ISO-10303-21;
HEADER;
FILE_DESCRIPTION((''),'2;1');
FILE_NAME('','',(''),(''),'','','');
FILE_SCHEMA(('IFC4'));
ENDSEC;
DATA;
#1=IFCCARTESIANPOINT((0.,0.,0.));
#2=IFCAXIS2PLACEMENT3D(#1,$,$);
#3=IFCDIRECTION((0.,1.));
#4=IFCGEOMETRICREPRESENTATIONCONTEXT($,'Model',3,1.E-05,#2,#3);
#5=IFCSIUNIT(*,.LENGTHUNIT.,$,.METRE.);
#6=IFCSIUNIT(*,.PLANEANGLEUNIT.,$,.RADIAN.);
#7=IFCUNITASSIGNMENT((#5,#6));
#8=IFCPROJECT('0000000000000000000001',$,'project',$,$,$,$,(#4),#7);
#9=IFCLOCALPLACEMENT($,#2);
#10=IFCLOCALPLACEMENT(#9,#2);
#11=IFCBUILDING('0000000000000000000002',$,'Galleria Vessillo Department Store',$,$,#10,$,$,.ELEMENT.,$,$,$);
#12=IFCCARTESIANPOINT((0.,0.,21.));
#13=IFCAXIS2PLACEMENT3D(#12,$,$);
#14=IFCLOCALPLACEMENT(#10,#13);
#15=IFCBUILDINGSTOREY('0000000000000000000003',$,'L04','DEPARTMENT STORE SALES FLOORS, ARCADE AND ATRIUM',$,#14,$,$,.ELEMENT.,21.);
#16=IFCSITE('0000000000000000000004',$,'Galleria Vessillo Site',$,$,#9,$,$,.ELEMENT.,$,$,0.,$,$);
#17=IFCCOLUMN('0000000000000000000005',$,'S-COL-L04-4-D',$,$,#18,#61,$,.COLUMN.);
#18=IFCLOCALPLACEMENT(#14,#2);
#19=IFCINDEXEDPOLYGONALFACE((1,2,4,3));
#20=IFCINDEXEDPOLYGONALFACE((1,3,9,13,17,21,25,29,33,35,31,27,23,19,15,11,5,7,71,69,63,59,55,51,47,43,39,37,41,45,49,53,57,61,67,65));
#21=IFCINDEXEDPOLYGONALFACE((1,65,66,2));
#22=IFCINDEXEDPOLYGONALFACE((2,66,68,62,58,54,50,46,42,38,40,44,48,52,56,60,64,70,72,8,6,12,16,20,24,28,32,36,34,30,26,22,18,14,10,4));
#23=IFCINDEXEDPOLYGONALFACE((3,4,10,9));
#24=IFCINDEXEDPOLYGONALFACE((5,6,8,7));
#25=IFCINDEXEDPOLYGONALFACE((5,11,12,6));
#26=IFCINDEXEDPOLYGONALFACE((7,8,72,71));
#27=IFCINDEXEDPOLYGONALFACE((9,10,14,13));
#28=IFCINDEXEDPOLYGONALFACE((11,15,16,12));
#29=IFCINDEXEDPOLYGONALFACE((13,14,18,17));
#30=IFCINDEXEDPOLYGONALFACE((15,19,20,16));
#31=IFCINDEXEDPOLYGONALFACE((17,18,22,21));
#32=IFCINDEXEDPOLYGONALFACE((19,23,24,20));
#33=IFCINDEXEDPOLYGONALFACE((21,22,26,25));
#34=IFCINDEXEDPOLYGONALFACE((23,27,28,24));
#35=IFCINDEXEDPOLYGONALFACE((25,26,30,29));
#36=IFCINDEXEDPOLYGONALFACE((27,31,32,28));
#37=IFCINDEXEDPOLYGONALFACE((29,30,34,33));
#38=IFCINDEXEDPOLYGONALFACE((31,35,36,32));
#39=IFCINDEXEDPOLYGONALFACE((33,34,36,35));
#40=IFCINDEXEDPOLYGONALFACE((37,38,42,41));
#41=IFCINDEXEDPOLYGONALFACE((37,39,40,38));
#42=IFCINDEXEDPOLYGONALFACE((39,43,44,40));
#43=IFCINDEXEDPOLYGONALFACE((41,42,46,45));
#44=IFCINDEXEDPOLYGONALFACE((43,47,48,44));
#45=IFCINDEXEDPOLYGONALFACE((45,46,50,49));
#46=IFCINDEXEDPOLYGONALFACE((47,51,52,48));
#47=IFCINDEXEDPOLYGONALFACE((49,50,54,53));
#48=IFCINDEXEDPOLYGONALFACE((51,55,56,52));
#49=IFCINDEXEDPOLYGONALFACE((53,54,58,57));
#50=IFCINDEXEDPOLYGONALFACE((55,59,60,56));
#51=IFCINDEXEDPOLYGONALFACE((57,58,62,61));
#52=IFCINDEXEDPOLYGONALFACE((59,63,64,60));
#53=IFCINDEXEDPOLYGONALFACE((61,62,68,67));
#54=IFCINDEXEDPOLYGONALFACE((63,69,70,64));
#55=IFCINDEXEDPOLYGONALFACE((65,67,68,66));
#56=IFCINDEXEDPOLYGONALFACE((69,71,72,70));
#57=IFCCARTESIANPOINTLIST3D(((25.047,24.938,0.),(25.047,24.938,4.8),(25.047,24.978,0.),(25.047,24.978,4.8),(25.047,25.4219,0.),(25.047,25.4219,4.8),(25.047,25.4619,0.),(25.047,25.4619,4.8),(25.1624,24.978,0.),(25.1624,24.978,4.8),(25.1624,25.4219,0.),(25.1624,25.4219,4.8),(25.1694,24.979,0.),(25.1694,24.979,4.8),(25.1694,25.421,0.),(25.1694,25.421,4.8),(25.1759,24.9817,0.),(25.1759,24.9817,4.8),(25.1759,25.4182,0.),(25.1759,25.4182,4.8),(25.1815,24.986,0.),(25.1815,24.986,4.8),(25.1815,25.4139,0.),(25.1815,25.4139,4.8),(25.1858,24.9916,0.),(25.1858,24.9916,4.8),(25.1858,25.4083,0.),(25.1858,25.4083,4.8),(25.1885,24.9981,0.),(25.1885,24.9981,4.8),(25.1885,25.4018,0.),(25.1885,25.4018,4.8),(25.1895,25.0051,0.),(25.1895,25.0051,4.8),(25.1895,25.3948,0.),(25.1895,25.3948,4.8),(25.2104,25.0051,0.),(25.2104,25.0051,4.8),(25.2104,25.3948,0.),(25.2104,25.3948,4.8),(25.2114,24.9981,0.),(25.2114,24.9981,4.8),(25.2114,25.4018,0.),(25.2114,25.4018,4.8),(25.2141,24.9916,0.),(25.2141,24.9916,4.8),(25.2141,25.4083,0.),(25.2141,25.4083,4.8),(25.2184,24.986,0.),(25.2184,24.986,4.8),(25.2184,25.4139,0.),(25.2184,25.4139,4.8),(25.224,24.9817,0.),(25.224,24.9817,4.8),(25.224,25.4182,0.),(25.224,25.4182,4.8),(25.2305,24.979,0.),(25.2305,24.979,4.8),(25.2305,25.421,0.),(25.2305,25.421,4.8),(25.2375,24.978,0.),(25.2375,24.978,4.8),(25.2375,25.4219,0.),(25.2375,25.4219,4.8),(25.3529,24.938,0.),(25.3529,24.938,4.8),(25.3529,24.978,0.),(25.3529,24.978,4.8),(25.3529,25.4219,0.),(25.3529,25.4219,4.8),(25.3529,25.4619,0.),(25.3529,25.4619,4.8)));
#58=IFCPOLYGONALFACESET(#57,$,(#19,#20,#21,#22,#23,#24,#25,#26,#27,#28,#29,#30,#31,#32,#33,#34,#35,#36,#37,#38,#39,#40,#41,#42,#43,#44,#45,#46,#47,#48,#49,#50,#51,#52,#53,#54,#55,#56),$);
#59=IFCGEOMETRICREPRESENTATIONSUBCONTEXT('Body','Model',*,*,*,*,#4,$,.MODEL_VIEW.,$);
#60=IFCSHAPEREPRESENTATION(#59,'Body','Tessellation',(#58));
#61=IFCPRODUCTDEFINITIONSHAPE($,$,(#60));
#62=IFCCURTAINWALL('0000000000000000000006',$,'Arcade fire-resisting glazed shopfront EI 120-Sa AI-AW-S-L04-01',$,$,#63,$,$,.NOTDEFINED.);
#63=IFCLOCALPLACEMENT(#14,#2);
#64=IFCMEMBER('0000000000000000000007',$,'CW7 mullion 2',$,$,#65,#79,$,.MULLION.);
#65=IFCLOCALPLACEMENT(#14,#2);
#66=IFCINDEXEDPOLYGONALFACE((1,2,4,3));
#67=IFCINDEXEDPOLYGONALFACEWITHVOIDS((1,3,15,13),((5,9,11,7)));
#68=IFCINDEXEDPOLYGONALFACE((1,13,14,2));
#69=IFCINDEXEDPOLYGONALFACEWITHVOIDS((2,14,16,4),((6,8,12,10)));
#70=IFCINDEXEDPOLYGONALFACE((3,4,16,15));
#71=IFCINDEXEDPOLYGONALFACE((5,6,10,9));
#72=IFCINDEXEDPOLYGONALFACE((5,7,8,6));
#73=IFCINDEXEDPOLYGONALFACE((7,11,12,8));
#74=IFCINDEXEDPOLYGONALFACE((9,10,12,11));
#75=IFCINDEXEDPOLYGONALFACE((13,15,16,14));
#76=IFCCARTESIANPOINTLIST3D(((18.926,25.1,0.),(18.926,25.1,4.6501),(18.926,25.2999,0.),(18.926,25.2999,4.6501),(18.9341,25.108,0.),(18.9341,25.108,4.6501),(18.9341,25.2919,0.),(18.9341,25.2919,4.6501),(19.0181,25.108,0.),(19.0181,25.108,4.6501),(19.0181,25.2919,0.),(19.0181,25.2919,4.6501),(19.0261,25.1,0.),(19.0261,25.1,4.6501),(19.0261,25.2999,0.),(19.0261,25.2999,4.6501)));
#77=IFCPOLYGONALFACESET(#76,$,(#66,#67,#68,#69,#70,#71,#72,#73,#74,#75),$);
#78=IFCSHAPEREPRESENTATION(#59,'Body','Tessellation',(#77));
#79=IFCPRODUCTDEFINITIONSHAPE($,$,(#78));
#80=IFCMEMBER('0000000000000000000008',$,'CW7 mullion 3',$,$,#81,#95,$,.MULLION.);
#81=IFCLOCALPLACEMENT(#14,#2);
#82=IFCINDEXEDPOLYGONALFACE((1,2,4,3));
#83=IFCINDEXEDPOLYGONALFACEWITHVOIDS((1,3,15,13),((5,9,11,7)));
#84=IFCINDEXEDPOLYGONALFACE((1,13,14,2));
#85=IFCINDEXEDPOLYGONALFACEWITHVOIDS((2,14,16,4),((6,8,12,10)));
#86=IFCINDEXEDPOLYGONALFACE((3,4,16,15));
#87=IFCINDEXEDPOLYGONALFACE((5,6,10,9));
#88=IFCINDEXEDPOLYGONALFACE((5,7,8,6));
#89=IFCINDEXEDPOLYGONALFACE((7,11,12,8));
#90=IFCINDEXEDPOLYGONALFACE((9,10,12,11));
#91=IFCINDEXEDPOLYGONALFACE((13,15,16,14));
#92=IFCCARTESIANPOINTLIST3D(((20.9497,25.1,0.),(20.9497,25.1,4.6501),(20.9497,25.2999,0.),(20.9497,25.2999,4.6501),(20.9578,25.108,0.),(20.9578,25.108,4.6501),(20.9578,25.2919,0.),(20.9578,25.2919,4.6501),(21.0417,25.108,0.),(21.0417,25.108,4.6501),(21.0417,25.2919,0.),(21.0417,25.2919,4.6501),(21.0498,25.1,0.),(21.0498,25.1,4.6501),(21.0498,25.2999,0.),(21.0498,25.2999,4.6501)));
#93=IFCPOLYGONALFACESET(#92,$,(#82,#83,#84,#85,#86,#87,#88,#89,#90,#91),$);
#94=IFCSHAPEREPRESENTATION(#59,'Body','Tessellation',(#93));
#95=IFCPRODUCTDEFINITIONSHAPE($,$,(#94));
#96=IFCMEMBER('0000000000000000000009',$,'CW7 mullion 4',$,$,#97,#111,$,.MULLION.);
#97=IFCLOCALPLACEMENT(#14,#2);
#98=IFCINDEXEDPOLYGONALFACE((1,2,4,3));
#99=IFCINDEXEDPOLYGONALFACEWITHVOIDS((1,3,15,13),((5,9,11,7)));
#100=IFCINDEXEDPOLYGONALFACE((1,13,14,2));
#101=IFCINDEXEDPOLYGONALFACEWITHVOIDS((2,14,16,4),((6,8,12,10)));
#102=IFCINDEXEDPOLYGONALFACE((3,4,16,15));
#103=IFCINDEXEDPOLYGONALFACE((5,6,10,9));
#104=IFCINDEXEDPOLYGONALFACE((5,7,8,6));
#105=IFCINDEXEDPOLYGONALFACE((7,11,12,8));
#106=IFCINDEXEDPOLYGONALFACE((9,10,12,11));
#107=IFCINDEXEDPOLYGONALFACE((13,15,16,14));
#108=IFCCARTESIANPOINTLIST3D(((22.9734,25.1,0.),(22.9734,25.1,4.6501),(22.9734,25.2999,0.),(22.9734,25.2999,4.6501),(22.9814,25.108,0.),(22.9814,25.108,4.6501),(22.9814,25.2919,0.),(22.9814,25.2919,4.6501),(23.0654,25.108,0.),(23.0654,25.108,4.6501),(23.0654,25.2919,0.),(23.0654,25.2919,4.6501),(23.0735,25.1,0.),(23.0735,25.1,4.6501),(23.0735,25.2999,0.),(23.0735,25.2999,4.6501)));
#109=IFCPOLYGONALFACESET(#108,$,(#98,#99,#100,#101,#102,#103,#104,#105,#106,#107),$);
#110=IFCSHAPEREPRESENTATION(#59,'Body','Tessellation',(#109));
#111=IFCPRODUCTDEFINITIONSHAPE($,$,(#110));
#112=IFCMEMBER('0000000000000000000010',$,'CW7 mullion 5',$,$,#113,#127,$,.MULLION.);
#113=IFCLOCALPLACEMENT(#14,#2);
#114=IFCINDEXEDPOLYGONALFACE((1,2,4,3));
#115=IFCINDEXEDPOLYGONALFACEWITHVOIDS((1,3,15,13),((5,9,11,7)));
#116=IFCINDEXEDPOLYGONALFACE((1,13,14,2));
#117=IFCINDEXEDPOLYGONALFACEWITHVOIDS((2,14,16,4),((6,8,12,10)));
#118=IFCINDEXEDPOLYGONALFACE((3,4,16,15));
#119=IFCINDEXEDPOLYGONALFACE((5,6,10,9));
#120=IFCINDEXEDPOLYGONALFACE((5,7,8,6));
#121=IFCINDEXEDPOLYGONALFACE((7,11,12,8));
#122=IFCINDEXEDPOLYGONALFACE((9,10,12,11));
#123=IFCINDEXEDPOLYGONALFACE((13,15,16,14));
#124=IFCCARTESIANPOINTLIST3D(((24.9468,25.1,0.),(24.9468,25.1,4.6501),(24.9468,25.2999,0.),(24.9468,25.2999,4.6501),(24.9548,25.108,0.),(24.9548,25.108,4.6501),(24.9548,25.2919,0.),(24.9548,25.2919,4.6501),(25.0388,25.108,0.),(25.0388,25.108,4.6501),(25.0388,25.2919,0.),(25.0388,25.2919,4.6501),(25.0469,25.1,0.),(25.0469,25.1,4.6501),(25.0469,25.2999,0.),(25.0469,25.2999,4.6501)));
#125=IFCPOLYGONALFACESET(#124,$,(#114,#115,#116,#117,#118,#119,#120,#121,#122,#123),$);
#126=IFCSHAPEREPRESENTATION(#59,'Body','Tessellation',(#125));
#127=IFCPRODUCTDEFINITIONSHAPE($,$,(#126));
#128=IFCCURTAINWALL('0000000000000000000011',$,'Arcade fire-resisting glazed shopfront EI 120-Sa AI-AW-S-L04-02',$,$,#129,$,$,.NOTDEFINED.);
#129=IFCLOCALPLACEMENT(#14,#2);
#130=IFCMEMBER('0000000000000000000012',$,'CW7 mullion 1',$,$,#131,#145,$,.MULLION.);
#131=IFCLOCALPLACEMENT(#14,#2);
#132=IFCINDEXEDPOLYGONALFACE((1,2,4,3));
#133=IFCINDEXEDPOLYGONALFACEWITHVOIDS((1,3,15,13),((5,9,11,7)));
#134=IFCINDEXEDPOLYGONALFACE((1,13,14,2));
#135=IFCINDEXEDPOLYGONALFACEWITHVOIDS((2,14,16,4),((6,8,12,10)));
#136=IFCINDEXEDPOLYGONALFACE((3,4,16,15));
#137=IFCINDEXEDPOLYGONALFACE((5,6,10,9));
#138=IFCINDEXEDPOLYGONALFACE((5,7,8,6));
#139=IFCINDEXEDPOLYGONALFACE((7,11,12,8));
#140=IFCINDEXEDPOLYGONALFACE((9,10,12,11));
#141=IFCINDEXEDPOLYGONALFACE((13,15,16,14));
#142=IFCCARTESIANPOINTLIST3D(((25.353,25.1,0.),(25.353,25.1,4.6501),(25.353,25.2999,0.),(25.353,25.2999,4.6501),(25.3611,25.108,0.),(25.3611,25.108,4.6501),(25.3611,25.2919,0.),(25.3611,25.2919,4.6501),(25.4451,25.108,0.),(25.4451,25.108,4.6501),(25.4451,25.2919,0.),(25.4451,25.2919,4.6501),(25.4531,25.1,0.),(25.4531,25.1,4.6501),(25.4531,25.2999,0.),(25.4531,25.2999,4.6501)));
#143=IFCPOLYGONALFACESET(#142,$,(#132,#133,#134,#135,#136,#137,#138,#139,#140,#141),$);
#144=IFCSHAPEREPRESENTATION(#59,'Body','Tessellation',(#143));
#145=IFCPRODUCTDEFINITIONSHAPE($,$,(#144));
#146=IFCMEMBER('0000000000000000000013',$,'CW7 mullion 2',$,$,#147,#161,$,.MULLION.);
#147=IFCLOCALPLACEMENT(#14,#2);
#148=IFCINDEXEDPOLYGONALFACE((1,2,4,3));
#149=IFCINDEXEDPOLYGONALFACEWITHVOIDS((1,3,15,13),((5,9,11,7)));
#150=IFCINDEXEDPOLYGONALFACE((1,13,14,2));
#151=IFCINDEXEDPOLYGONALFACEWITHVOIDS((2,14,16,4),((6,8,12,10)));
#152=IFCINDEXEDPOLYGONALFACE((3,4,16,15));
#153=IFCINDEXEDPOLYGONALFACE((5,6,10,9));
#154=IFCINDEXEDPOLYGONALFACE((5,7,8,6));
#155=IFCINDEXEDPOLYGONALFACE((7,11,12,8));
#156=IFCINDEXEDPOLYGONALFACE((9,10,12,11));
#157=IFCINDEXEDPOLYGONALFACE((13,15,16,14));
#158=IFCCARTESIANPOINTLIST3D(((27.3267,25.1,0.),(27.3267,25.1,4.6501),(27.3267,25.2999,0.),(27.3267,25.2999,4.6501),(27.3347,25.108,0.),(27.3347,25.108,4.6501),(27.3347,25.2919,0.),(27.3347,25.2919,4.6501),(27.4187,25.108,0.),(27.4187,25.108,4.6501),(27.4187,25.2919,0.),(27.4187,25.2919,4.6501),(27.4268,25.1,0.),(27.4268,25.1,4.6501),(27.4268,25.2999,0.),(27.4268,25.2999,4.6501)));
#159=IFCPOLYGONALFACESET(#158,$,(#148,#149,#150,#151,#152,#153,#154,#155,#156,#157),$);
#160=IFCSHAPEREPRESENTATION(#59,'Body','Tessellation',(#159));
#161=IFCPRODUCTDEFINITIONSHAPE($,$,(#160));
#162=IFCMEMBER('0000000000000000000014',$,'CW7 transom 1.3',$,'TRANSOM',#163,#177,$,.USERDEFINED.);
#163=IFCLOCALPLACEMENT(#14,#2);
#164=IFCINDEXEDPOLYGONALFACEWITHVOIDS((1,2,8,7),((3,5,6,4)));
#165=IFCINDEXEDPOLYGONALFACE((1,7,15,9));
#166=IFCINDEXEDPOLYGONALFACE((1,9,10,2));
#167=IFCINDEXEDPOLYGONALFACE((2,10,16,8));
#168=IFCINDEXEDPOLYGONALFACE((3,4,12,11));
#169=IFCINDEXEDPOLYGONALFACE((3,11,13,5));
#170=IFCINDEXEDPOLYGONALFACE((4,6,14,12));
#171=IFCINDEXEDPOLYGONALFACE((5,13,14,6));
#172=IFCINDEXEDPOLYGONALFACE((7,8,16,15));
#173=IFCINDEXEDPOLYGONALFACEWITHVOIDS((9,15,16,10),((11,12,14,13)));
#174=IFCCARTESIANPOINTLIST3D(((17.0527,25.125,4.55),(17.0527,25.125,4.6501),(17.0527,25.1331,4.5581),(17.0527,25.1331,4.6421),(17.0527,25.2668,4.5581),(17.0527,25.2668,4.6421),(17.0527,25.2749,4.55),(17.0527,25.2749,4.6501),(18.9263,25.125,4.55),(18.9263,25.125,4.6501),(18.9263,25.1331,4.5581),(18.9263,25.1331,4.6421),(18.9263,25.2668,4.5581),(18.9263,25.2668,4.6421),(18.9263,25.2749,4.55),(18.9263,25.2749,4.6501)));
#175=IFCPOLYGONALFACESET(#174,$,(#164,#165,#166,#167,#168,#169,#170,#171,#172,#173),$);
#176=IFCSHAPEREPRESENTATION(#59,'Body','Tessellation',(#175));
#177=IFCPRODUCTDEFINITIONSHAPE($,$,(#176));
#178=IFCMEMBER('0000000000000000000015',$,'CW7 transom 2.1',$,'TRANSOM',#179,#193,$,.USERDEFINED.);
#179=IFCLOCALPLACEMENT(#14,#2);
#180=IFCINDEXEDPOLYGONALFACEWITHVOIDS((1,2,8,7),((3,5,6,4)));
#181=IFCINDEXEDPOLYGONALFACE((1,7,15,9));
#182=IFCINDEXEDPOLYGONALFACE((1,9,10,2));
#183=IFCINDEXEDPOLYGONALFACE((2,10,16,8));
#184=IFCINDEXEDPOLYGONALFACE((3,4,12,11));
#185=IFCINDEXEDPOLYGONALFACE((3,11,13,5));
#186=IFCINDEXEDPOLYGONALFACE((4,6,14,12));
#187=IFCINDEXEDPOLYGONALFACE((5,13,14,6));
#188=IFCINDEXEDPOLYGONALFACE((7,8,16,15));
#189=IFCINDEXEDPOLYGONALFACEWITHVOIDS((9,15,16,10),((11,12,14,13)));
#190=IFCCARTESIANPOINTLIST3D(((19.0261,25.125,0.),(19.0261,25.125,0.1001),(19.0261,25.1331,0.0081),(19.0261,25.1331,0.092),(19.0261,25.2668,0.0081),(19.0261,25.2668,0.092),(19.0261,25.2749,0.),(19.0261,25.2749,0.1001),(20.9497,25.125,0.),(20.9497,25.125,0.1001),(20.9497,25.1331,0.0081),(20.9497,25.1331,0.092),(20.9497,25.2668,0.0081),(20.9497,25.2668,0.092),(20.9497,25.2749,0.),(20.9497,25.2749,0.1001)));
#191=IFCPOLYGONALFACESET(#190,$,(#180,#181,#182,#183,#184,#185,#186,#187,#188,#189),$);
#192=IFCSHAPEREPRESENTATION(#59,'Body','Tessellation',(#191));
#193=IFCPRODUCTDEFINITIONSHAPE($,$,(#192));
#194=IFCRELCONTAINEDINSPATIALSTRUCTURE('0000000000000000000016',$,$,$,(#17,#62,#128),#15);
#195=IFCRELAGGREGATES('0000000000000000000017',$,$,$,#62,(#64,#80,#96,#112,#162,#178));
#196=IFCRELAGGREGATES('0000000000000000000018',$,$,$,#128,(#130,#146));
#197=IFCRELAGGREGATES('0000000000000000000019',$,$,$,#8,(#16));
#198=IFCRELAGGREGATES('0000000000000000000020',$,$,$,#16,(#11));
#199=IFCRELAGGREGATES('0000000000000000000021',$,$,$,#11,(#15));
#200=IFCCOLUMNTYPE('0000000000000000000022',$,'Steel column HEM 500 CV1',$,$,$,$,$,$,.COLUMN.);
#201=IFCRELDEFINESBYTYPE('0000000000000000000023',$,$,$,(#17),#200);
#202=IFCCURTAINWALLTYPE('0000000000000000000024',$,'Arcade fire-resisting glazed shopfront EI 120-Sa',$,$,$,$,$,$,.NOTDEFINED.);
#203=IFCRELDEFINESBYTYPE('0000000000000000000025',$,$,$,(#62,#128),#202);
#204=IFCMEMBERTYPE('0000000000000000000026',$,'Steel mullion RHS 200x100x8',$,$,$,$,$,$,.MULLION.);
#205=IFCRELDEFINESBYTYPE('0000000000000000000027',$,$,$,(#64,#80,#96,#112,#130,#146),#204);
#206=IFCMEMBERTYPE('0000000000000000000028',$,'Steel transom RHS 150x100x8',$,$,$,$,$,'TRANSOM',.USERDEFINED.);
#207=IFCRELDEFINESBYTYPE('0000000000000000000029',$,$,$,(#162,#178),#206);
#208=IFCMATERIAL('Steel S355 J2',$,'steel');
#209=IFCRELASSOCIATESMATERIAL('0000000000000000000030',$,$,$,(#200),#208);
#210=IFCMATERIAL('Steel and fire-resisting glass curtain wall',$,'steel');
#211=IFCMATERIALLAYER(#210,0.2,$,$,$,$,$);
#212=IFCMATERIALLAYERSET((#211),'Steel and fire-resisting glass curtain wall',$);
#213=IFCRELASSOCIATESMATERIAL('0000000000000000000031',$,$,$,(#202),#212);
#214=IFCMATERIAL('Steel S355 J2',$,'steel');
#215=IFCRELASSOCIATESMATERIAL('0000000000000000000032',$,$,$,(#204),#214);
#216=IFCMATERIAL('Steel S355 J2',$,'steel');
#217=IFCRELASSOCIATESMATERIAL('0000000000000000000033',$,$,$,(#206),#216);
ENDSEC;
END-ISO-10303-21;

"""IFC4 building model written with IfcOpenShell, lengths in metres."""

from ifc_helpers import new_model, si_unit, direction, frame, origin, origin_2d, place, context, subcontext, project, spatial, hollow_rectangle, i_section, extrude, material, layer, layer_set, material_profile, profile_set, type_object, element, aggregate, save


model = new_model("IFC4")

# Units and contexts
model_context = context("Model", 3, precision=1e-05, world=origin(), true_north=direction((0.0, 1.0)))
body_context = subcontext(model_context, "Body", "Model", "MODEL_VIEW")
ifc_project = project(units=[si_unit("LENGTHUNIT", "METRE"), si_unit("PLANEANGLEUNIT", "RADIAN")], contexts=[model_context])

# Site, building, storey
site_placement = place(None, origin())
site = spatial("IfcSite", under=ifc_project, at=site_placement, Name="Galleria Vessillo Site", CompositionType="ELEMENT", RefElevation=0.0)
building_placement = place(site_placement, origin())
building = spatial("IfcBuilding", under=site, at=building_placement, Name="Galleria Vessillo Department Store", CompositionType="ELEMENT")
storey_placement = place(building_placement, frame((0.0, 0.0, 21.0)))
storey = spatial("IfcBuildingStorey", under=building, at=storey_placement, Name="L04", Description="DEPARTMENT STORE SALES FLOORS, ARCADE AND ATRIUM", CompositionType="ELEMENT", Elevation=21.0)

# Column
ifc_material_1 = material(Name="Steel S355 J2", Category="steel")
ifc_material_profile_1 = material_profile(ifc_material_1, i_section(OverallWidth=0.3059, OverallDepth=0.5239, WebThickness=0.021, FlangeThickness=0.04, FilletRadius=0.0271, at=origin_2d()), Name="HEM 500")
ifc_profile_set_1 = profile_set([ifc_material_profile_1], Name="Steel S355 J2")
column_type = type_object("IfcColumnType", Name="Steel column HEM 500 CV1", PredefinedType="COLUMN", material=ifc_profile_set_1)
column_placement = place(storey_placement, frame((25.2, 25.2, 0.0), z_axis=(0.0, 0.0, 1.0), x_axis=(1.0, 0.0, 0.0)))
element("IfcColumn", 1, at=column_placement, inside=storey, type_object=column_type, Name="S-COL-L04-4-D", PredefinedType="COLUMN", context=body_context, shape_type="SweptSolid", body=[
    extrude(i_section(OverallWidth=0.3059, OverallDepth=0.5239, WebThickness=0.021, FlangeThickness=0.04, FilletRadius=0.0271, at=origin_2d()), origin(), (0.0, 0.0, 1.0), 4.8),
])

# Curtain walls, members
ifc_material_2 = material(Name="Steel and fire-resisting glass curtain wall", Category="steel")
ifc_layer_1 = layer(ifc_material_2, 0.2)
ifc_layer_set_1 = layer_set([ifc_layer_1], Name="Steel and fire-resisting glass curtain wall")
curtain_wall_type = type_object("IfcCurtainWallType", Name="Arcade fire-resisting glazed shopfront EI 120-Sa", PredefinedType="NOTDEFINED", material=ifc_layer_set_1)
curtain_wall_1_placement = place(storey_placement, origin())
curtain_wall_1 = element("IfcCurtainWall", 2, at=curtain_wall_1_placement, inside=storey, type_object=curtain_wall_type, Name="Arcade fire-resisting glazed shopfront EI 120-Sa AI-AW-S-L04-01", PredefinedType="NOTDEFINED")
ifc_material_3 = material(Name="Steel S355 J2", Category="steel")
ifc_material_profile_2 = material_profile(ifc_material_3, hollow_rectangle(XDim=0.2, YDim=0.1001, WallThickness=0.0081, at=origin_2d()), Name="RHS 200x100x8")
ifc_profile_set_2 = profile_set([ifc_material_profile_2], Name="Steel S355 J2")
member_type_1 = type_object("IfcMemberType", Name="Steel mullion RHS 200x100x8", PredefinedType="MULLION", material=ifc_profile_set_2)
member_1_placement = place(storey_placement, frame((18.9761, 25.2, 0.0), z_axis=(0.0, 0.0, 1.0), x_axis=(0.0, 1.0, 0.0)))
member_1 = element("IfcMember", 3, at=member_1_placement, type_object=member_type_1, Name="CW7 mullion 2", PredefinedType="MULLION", context=body_context, shape_type="SweptSolid", body=[
    extrude(hollow_rectangle(XDim=0.2, YDim=0.1001, WallThickness=0.0081, at=origin_2d()), origin(), (0.0, 0.0, 1.0), 4.6501),
])
member_2_placement = place(storey_placement, frame((20.9998, 25.2, 0.0), z_axis=(0.0, 0.0, 1.0), x_axis=(0.0, 1.0, 0.0)))
member_2 = element("IfcMember", 4, at=member_2_placement, type_object=member_type_1, Name="CW7 mullion 3", PredefinedType="MULLION", context=body_context, shape_type="SweptSolid", body=[
    extrude(hollow_rectangle(XDim=0.2, YDim=0.1001, WallThickness=0.0081, at=origin_2d()), origin(), (0.0, 0.0, 1.0), 4.6501),
])
member_3_placement = place(storey_placement, frame((23.0234, 25.2, 0.0), z_axis=(0.0, 0.0, 1.0), x_axis=(0.0, 1.0, 0.0)))
member_3 = element("IfcMember", 5, at=member_3_placement, type_object=member_type_1, Name="CW7 mullion 4", PredefinedType="MULLION", context=body_context, shape_type="SweptSolid", body=[
    extrude(hollow_rectangle(XDim=0.2, YDim=0.1001, WallThickness=0.0081, at=origin_2d()), origin(), (0.0, 0.0, 1.0), 4.6501),
])
member_4_placement = place(storey_placement, frame((24.9968, 25.2, 0.0), z_axis=(0.0, 0.0, 1.0), x_axis=(0.0, 1.0, 0.0)))
member_4 = element("IfcMember", 6, at=member_4_placement, type_object=member_type_1, Name="CW7 mullion 5", PredefinedType="MULLION", context=body_context, shape_type="SweptSolid", body=[
    extrude(hollow_rectangle(XDim=0.2, YDim=0.1001, WallThickness=0.0081, at=origin_2d()), origin(), (0.0, 0.0, 1.0), 4.6501),
])
curtain_wall_2_placement = place(storey_placement, origin())
curtain_wall_2 = element("IfcCurtainWall", 7, at=curtain_wall_2_placement, inside=storey, type_object=curtain_wall_type, Name="Arcade fire-resisting glazed shopfront EI 120-Sa AI-AW-S-L04-02", PredefinedType="NOTDEFINED")
member_5_placement = place(storey_placement, frame((25.4031, 25.2, 0.0), z_axis=(0.0, 0.0, 1.0), x_axis=(0.0, 1.0, 0.0)))
member_5 = element("IfcMember", 8, at=member_5_placement, type_object=member_type_1, Name="CW7 mullion 1", PredefinedType="MULLION", context=body_context, shape_type="SweptSolid", body=[
    extrude(hollow_rectangle(XDim=0.2, YDim=0.1001, WallThickness=0.0081, at=origin_2d()), origin(), (0.0, 0.0, 1.0), 4.6501),
])
member_6_placement = place(storey_placement, frame((27.3767, 25.2, 0.0), z_axis=(0.0, 0.0, 1.0), x_axis=(0.0, 1.0, 0.0)))
member_6 = element("IfcMember", 9, at=member_6_placement, type_object=member_type_1, Name="CW7 mullion 2", PredefinedType="MULLION", context=body_context, shape_type="SweptSolid", body=[
    extrude(hollow_rectangle(XDim=0.2, YDim=0.1001, WallThickness=0.0081, at=origin_2d()), origin(), (0.0, 0.0, 1.0), 4.6501),
])

# Members
ifc_material_4 = material(Name="Steel S355 J2", Category="steel")
ifc_material_profile_3 = material_profile(ifc_material_4, hollow_rectangle(XDim=0.1499, YDim=0.1001, WallThickness=0.0081, at=origin_2d()), Name="RHS 150x100x8")
ifc_profile_set_3 = profile_set([ifc_material_profile_3], Name="Steel S355 J2")
member_type_2 = type_object("IfcMemberType", Name="Steel transom RHS 150x100x8", ElementType="TRANSOM", PredefinedType="USERDEFINED", material=ifc_profile_set_3)
member_7_placement = place(storey_placement, frame((17.0527, 25.2, 4.6001), z_axis=(1.0, 0.0, 0.0), x_axis=(0.0, 1.0, 0.0)))
member_7 = element("IfcMember", 10, at=member_7_placement, type_object=member_type_2, Name="CW7 transom 1.3", ObjectType="TRANSOM", PredefinedType="USERDEFINED", context=body_context, shape_type="SweptSolid", body=[
    extrude(hollow_rectangle(XDim=0.1499, YDim=0.1001, WallThickness=0.0081, at=origin_2d()), origin(), (0.0, 0.0, 1.0), 1.8735),
])
member_8_placement = place(storey_placement, frame((19.0261, 25.2, 0.05), z_axis=(1.0, 0.0, 0.0), x_axis=(0.0, 1.0, 0.0)))
member_8 = element("IfcMember", 11, at=member_8_placement, type_object=member_type_2, Name="CW7 transom 2.1", ObjectType="TRANSOM", PredefinedType="USERDEFINED", context=body_context, shape_type="SweptSolid", body=[
    extrude(hollow_rectangle(XDim=0.1499, YDim=0.1001, WallThickness=0.0081, at=origin_2d()), origin(), (0.0, 0.0, 1.0), 1.9236),
])

aggregate(curtain_wall_1, [member_1, member_2, member_3, member_4, member_7, member_8])
aggregate(curtain_wall_2, [member_5, member_6])

save(model, "model.ifc")
